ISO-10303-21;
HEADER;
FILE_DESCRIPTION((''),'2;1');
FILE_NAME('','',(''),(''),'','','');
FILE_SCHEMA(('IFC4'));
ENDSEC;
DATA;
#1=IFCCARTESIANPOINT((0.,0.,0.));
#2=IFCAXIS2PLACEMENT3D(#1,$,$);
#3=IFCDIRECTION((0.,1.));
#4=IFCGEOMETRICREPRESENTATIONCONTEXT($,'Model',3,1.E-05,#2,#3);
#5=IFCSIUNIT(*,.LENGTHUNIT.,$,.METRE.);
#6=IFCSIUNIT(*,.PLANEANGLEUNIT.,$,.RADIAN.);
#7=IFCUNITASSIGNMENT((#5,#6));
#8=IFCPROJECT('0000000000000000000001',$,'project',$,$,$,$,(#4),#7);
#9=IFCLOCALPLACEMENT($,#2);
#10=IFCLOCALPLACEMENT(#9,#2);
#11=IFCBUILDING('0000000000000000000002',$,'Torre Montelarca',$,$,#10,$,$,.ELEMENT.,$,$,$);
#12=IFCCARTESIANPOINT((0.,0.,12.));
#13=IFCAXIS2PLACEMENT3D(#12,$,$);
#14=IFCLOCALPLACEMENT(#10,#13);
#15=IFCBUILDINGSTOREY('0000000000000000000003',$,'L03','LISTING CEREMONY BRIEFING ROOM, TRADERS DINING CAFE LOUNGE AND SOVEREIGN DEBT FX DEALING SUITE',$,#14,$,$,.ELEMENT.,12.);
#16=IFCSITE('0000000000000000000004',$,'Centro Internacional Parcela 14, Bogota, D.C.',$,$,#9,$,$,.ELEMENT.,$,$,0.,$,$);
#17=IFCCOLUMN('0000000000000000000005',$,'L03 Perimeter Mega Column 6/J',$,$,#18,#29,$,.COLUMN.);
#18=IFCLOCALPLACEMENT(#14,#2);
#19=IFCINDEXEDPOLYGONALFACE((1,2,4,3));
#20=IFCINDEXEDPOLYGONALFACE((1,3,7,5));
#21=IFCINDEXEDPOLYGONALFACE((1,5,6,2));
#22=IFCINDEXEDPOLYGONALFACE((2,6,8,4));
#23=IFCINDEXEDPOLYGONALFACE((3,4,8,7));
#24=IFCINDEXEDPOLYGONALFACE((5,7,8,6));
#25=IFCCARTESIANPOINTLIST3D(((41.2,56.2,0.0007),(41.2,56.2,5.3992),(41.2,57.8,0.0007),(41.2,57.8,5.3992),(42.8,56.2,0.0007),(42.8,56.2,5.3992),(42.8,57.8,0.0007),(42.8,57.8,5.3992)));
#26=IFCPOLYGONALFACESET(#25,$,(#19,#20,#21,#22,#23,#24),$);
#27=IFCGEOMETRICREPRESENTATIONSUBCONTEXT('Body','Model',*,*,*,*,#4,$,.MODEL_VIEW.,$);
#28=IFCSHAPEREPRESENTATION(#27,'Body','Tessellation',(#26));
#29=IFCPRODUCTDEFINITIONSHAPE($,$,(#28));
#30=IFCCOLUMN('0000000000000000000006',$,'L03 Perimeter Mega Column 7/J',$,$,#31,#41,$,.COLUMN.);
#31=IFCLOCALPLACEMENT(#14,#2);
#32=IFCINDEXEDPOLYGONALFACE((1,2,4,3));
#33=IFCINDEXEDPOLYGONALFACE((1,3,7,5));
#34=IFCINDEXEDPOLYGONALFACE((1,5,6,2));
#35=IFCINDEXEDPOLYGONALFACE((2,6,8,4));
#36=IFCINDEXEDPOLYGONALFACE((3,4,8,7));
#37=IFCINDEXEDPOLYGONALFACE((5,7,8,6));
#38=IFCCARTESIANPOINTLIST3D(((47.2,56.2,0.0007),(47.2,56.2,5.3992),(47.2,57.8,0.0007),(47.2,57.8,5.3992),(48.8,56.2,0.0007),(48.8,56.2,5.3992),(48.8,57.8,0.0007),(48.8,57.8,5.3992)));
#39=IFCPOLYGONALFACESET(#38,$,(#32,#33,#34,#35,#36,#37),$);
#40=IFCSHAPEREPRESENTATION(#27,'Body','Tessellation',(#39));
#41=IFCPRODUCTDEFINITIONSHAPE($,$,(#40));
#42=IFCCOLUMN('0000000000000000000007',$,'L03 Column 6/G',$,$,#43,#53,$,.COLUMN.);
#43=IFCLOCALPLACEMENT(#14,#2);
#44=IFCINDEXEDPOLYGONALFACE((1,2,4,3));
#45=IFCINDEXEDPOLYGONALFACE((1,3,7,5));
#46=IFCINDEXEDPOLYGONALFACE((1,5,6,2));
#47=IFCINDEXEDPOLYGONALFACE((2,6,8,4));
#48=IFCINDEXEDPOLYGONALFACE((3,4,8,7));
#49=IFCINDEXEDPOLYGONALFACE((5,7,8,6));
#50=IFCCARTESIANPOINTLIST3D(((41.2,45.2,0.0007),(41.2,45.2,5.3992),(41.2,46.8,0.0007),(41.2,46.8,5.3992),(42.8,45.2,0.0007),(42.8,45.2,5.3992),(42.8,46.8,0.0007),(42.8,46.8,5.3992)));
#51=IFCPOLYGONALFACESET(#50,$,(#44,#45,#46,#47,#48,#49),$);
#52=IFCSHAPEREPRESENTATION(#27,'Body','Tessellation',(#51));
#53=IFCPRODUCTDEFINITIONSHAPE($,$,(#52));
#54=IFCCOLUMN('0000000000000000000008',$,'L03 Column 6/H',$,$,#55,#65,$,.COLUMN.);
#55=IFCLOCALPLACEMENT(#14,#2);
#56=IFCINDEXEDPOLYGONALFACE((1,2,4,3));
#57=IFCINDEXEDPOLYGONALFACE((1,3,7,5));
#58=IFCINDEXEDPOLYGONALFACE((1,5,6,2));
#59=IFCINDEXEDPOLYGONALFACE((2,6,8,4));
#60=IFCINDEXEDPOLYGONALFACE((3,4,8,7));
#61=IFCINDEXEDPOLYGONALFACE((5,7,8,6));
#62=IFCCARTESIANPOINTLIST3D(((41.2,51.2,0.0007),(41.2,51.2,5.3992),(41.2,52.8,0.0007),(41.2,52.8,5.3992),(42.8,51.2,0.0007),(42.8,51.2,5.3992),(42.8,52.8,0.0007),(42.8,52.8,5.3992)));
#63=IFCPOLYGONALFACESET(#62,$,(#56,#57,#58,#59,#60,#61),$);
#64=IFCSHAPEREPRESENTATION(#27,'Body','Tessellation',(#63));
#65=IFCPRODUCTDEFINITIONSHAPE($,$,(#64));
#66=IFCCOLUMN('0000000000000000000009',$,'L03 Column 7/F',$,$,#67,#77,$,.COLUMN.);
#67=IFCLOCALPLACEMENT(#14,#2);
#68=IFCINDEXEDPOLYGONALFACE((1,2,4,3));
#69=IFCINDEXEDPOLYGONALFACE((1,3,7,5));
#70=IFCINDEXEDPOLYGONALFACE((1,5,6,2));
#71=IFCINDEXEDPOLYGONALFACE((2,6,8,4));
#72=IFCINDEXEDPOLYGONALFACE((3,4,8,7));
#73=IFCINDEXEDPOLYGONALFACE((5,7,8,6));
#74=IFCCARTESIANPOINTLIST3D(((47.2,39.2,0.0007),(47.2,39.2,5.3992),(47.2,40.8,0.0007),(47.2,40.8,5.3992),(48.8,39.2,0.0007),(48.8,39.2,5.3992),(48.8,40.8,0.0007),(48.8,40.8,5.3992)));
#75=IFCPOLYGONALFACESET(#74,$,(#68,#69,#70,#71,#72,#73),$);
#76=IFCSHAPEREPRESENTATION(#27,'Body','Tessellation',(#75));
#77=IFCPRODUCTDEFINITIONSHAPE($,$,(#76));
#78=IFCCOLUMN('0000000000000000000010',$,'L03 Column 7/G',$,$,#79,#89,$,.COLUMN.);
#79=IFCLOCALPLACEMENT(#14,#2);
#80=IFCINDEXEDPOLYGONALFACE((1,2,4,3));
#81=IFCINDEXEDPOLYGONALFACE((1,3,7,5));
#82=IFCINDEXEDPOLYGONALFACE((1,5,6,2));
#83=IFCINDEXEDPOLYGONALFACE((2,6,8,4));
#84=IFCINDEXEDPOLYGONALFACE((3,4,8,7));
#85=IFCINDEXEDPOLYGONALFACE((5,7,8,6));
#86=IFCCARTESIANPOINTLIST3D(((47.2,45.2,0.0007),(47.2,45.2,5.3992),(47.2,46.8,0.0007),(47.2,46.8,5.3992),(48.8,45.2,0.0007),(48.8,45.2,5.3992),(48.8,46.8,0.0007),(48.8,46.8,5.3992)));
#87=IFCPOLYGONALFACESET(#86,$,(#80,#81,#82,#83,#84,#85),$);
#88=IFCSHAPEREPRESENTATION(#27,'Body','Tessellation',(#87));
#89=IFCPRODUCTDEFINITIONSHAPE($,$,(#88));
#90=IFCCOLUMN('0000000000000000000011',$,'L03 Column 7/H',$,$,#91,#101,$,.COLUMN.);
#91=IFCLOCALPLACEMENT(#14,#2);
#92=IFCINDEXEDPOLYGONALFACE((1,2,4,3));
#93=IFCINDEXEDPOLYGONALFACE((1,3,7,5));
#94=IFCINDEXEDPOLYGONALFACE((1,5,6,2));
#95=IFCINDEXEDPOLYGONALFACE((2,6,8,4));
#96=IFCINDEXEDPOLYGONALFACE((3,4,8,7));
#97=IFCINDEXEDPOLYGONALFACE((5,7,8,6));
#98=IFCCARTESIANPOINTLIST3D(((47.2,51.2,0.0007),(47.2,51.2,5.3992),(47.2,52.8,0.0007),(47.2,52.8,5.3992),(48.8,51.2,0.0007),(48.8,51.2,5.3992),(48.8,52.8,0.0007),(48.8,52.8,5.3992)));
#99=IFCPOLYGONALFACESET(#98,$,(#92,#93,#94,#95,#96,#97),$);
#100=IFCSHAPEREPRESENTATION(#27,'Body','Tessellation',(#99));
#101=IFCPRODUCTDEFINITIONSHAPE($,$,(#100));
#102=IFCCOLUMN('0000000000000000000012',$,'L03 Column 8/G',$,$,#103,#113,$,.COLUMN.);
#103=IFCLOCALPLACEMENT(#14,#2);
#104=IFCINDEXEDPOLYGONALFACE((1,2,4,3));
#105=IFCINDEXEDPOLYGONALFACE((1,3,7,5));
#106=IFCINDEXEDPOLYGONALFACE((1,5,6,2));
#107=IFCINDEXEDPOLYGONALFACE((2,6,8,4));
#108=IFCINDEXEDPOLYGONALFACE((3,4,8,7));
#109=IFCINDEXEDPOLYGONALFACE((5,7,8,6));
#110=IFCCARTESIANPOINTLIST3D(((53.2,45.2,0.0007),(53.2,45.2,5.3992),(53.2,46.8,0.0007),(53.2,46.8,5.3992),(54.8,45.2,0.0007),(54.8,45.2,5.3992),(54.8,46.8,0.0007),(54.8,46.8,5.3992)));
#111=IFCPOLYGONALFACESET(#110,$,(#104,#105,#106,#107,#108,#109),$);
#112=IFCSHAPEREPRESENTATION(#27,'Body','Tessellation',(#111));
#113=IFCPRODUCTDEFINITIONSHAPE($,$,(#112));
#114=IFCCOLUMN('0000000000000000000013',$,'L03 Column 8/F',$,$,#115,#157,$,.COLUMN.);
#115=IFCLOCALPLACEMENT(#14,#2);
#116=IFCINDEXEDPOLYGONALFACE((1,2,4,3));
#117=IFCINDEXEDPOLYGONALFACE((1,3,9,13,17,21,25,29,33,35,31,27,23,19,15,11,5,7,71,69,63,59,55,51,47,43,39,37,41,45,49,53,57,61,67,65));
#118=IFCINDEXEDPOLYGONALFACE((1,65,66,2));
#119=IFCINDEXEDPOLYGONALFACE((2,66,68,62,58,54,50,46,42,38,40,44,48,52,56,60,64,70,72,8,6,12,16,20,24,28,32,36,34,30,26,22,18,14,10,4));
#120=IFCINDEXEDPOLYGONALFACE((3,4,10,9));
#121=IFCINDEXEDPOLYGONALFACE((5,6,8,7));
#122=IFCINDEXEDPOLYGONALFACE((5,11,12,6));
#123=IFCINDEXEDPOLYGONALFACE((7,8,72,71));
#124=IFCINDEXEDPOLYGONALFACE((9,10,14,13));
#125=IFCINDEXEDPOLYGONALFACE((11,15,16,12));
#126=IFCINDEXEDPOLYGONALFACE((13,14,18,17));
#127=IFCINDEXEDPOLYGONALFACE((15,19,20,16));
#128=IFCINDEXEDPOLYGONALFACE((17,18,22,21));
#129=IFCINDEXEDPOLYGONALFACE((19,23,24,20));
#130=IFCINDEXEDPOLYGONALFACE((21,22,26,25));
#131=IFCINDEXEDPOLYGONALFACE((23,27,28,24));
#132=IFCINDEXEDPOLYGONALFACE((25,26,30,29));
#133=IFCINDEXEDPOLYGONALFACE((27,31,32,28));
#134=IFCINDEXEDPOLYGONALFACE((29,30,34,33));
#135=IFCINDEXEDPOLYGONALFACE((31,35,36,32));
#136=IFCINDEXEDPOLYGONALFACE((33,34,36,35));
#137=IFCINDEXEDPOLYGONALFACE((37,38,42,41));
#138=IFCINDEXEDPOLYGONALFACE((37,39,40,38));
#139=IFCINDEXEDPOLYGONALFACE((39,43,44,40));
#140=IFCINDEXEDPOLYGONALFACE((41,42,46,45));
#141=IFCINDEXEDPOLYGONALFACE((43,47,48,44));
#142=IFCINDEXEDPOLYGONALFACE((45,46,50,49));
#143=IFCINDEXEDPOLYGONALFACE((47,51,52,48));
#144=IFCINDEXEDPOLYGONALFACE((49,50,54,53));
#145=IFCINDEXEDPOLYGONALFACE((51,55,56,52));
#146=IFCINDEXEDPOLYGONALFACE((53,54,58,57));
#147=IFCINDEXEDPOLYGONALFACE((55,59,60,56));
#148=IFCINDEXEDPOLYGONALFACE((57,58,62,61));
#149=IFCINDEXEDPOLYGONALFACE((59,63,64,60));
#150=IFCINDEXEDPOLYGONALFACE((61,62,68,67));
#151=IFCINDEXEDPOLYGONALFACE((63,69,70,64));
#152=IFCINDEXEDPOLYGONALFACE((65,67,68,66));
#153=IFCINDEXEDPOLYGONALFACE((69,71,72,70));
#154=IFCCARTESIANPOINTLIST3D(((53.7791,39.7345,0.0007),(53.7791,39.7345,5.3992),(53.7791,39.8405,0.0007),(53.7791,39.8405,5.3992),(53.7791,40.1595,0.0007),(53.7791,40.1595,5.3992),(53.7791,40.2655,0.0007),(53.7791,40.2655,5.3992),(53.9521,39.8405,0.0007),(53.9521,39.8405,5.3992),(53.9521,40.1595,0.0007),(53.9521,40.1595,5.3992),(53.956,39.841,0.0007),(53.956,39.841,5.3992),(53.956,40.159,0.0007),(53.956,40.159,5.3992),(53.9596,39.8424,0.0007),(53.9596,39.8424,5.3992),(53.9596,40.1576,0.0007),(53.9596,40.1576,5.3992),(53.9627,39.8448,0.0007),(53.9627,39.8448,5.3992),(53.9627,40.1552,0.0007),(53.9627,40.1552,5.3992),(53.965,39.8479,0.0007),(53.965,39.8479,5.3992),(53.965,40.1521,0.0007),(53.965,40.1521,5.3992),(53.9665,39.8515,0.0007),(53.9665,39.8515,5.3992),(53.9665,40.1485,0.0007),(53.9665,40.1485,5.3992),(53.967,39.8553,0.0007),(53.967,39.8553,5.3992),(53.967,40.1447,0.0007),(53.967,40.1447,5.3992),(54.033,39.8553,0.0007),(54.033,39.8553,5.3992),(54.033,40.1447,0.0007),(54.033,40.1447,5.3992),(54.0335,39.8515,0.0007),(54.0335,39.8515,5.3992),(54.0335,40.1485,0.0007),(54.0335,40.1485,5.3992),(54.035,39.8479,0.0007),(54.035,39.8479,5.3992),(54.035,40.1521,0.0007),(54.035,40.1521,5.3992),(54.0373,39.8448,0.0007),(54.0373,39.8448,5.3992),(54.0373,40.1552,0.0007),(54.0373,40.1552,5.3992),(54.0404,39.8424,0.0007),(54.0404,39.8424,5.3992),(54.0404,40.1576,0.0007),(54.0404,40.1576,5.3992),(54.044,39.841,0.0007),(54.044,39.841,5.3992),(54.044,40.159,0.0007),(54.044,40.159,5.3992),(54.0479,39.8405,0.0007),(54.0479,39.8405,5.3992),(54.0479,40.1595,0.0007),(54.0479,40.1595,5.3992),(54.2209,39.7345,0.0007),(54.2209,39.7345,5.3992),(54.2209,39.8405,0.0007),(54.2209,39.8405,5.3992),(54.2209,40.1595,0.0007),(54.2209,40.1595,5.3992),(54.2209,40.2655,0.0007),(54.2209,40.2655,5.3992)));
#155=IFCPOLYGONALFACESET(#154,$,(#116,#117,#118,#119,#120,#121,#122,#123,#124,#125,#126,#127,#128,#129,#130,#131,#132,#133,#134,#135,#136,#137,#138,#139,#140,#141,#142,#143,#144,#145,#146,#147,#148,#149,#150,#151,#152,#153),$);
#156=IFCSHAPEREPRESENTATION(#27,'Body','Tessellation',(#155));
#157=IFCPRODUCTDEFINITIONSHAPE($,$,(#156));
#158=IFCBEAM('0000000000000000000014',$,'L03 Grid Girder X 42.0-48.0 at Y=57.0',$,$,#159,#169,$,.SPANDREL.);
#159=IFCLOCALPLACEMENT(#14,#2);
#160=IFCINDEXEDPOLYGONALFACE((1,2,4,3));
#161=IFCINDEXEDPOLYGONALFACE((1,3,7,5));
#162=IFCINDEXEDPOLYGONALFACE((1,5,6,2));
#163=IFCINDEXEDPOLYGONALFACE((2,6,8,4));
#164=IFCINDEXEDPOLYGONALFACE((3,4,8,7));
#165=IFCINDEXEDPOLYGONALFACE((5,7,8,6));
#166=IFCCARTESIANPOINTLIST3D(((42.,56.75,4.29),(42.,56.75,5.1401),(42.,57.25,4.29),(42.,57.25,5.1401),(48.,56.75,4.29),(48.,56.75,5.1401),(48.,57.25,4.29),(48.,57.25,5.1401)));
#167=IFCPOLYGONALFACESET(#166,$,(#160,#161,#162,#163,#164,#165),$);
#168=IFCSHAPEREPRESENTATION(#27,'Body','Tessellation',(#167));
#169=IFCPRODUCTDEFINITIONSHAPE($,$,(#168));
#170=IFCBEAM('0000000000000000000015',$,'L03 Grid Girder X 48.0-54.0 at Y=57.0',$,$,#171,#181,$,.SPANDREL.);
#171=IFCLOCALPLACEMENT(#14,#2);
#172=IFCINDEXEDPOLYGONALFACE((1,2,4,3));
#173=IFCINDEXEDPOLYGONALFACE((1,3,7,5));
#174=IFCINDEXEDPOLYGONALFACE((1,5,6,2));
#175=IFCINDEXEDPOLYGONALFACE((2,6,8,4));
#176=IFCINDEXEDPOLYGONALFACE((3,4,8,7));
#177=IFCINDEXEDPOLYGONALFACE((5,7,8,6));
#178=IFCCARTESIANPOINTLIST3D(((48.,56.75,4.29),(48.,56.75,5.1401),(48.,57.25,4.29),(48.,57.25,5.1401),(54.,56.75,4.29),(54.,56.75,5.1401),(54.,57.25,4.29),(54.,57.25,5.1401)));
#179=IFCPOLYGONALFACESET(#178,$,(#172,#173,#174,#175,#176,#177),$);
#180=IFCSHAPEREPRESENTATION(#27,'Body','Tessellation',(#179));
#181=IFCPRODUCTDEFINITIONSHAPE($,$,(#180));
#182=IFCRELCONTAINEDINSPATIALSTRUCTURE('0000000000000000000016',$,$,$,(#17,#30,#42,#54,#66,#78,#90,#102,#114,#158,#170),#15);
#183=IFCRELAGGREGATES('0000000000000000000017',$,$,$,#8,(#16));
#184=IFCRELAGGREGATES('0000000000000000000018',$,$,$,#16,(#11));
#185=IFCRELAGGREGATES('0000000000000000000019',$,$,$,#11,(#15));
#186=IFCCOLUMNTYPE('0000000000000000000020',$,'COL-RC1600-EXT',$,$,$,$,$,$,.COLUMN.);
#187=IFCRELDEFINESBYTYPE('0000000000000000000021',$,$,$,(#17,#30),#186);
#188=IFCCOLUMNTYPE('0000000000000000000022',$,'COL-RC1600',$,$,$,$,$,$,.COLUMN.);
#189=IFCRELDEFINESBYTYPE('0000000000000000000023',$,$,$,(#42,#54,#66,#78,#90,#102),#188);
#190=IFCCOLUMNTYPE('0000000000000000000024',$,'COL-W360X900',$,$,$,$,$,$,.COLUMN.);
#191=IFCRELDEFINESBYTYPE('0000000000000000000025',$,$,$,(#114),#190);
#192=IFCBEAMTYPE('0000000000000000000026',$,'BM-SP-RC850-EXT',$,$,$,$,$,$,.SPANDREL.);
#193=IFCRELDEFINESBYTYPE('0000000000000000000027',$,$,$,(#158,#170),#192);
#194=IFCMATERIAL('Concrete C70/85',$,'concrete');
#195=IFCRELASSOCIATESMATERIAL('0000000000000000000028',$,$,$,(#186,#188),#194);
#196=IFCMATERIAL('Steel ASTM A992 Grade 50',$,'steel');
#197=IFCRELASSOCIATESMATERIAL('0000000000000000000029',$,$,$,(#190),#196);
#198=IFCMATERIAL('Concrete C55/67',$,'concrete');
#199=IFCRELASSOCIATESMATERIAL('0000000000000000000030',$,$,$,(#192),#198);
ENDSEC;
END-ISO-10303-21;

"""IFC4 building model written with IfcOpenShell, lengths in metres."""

from ifc_helpers import new_model, si_unit, direction, frame, origin, origin_2d, place, context, subcontext, project, spatial, rectangle, i_section, extrude, source, transform, mapped, material, material_profile, profile_set, type_object, element, save


model = new_model("IFC4")

# Units and contexts
model_context = context("Model", 3, precision=1e-05, world=origin(), true_north=direction((0.0, 1.0)))
body_context = subcontext(model_context, "Body", "Model", "MODEL_VIEW")
ifc_project = project(units=[si_unit("LENGTHUNIT", "METRE"), si_unit("PLANEANGLEUNIT", "RADIAN")], contexts=[model_context])

# Site, building, storey
site_placement = place(None, origin())
site = spatial("IfcSite", under=ifc_project, at=site_placement, Name="Centro Internacional Parcela 14, Bogota, D.C.", CompositionType="ELEMENT", RefElevation=0.0)
building_placement = place(site_placement, origin())
building = spatial("IfcBuilding", under=site, at=building_placement, Name="Torre Montelarca", CompositionType="ELEMENT")
storey_placement = place(building_placement, frame((0.0, 0.0, 12.0)))
storey = spatial("IfcBuildingStorey", under=building, at=storey_placement, Name="L03", Description="LISTING CEREMONY BRIEFING ROOM, TRADERS DINING CAFE LOUNGE AND SOVEREIGN DEBT FX DEALING SUITE", CompositionType="ELEMENT", Elevation=12.0)

# Columns
ifc_material_1 = material(Name="Concrete C70/85", Category="concrete")
ifc_material_profile_1 = material_profile(ifc_material_1, rectangle(XDim=1.6001, YDim=1.6001, at=origin_2d()), Name="RC1600X1600", Category="concrete")
ifc_profile_set_1 = profile_set([ifc_material_profile_1], Name="Concrete C70/85")
column_type_1 = type_object("IfcColumnType", Name="COL-RC1600-EXT", PredefinedType="COLUMN", material=ifc_profile_set_1)
shared_shape_1 = source(origin(), body_context, "Body", "SweptSolid", [
    extrude(rectangle(XDim=1.6001, YDim=1.6001, at=origin_2d()), origin(), (0.0, 0.0, 1.0), 5.3984),
])
for number, where, z_axis, x_axis, name in (
    (1, (42.0, 57.0, 0.0007), (0.0, 0.0, 1.0), (1.0, 0.0, 0.0), "L03 Perimeter Mega Column 6/J"),
    (2, (48.0, 57.0, 0.0007), (0.0, 0.0, 1.0), (1.0, 0.0, 0.0), "L03 Perimeter Mega Column 7/J"),
):
    element("IfcColumn", number, at=place(storey_placement, frame(where, z_axis=z_axis, x_axis=x_axis)), inside=storey, type_object=column_type_1, Name=name, PredefinedType="COLUMN", context=body_context, shape_type="MappedRepresentation", body=[
        mapped(shared_shape_1, transform((0.0, 0.0, 0.0), scale=1.0)),
    ])
ifc_material_profile_2 = material_profile(ifc_material_1, rectangle(XDim=1.6001, YDim=1.6001, at=origin_2d()), Name="RC1600X1600", Category="concrete")
ifc_profile_set_2 = profile_set([ifc_material_profile_2], Name="Concrete C70/85")
column_type_2 = type_object("IfcColumnType", Name="COL-RC1600", PredefinedType="COLUMN", material=ifc_profile_set_2)
shared_shape_2 = source(origin(), body_context, "Body", "SweptSolid", [
    extrude(rectangle(XDim=1.6001, YDim=1.6001, at=origin_2d()), origin(), (0.0, 0.0, 1.0), 5.3984),
])
for number, where, z_axis, x_axis, name in (
    (3, (42.0, 46.0, 0.0007), (0.0, 0.0, 1.0), (1.0, 0.0, 0.0), "L03 Column 6/G"),
    (4, (42.0, 52.0, 0.0007), (0.0, 0.0, 1.0), (1.0, 0.0, 0.0), "L03 Column 6/H"),
    (5, (48.0, 40.0, 0.0007), (0.0, 0.0, 1.0), (1.0, 0.0, 0.0), "L03 Column 7/F"),
    (6, (48.0, 46.0, 0.0007), (0.0, 0.0, 1.0), (1.0, 0.0, 0.0), "L03 Column 7/G"),
    (7, (48.0, 52.0, 0.0007), (0.0, 0.0, 1.0), (1.0, 0.0, 0.0), "L03 Column 7/H"),
    (8, (54.0, 46.0, 0.0007), (0.0, 0.0, 1.0), (1.0, 0.0, 0.0), "L03 Column 8/G"),
):
    element("IfcColumn", number, at=place(storey_placement, frame(where, z_axis=z_axis, x_axis=x_axis)), inside=storey, type_object=column_type_2, Name=name, PredefinedType="COLUMN", context=body_context, shape_type="MappedRepresentation", body=[
        mapped(shared_shape_2, transform((0.0, 0.0, 0.0), scale=1.0)),
    ])
ifc_material_2 = material(Name="Steel ASTM A992 Grade 50", Category="steel")
ifc_material_profile_3 = material_profile(ifc_material_2, i_section(OverallWidth=0.4419, OverallDepth=0.531, WebThickness=0.0659, FlangeThickness=0.106, FilletRadius=0.0149, at=origin_2d()), Name="W360X900", Category="steel")
ifc_profile_set_3 = profile_set([ifc_material_profile_3], Name="Steel ASTM A992 Grade 50")
column_type_3 = type_object("IfcColumnType", Name="COL-W360X900", PredefinedType="COLUMN", material=ifc_profile_set_3)
shared_shape_3 = source(origin(), body_context, "Body", "SweptSolid", [
    extrude(i_section(OverallWidth=0.4419, OverallDepth=0.531, WebThickness=0.0659, FlangeThickness=0.106, FilletRadius=0.0149, at=origin_2d()), origin(), (0.0, 0.0, 1.0), 5.3984),
])
column_placement = place(storey_placement, frame((54.0, 40.0, 0.0007), z_axis=(0.0, 0.0, 1.0), x_axis=(1.0, 0.0, 0.0)))
element("IfcColumn", 9, at=column_placement, inside=storey, type_object=column_type_3, Name="L03 Column 8/F", PredefinedType="COLUMN", context=body_context, shape_type="MappedRepresentation", body=[
    mapped(shared_shape_3, transform((0.0, 0.0, 0.0), scale=1.0)),
])

# Beams
ifc_material_3 = material(Name="Concrete C55/67", Category="concrete")
ifc_material_profile_4 = material_profile(ifc_material_3, rectangle(XDim=0.5, YDim=0.8501, at=origin_2d()), Name="RCB500X850", Category="concrete")
ifc_profile_set_4 = profile_set([ifc_material_profile_4], Name="Concrete C55/67")
beam_type_1 = type_object("IfcBeamType", Name="BM-SP-RC850-EXT", PredefinedType="SPANDREL", material=ifc_profile_set_4)
shared_shape_4 = source(origin(), body_context, "Body", "SweptSolid", [
    extrude(rectangle(XDim=0.5, YDim=0.8501, at=origin_2d()), origin(), (0.0, 0.0, 1.0), 6.0),
])
for number, where, z_axis, x_axis, name in (
    (10, (42.0, 57.0, 4.7151), (1.0, 0.0, 0.0), (0.0, 1.0, 0.0), "L03 Grid Girder X 42.0-48.0 at Y=57.0"),
    (11, (48.0, 57.0, 4.7151), (1.0, 0.0, 0.0), (0.0, 1.0, 0.0), "L03 Grid Girder X 48.0-54.0 at Y=57.0"),
):
    element("IfcBeam", number, at=place(storey_placement, frame(where, z_axis=z_axis, x_axis=x_axis)), inside=storey, type_object=beam_type_1, Name=name, PredefinedType="SPANDREL", context=body_context, shape_type="MappedRepresentation", body=[
        mapped(shared_shape_4, transform((0.0, 0.0, 0.0), scale=1.0)),
    ])

save(model, "model.ifc")
